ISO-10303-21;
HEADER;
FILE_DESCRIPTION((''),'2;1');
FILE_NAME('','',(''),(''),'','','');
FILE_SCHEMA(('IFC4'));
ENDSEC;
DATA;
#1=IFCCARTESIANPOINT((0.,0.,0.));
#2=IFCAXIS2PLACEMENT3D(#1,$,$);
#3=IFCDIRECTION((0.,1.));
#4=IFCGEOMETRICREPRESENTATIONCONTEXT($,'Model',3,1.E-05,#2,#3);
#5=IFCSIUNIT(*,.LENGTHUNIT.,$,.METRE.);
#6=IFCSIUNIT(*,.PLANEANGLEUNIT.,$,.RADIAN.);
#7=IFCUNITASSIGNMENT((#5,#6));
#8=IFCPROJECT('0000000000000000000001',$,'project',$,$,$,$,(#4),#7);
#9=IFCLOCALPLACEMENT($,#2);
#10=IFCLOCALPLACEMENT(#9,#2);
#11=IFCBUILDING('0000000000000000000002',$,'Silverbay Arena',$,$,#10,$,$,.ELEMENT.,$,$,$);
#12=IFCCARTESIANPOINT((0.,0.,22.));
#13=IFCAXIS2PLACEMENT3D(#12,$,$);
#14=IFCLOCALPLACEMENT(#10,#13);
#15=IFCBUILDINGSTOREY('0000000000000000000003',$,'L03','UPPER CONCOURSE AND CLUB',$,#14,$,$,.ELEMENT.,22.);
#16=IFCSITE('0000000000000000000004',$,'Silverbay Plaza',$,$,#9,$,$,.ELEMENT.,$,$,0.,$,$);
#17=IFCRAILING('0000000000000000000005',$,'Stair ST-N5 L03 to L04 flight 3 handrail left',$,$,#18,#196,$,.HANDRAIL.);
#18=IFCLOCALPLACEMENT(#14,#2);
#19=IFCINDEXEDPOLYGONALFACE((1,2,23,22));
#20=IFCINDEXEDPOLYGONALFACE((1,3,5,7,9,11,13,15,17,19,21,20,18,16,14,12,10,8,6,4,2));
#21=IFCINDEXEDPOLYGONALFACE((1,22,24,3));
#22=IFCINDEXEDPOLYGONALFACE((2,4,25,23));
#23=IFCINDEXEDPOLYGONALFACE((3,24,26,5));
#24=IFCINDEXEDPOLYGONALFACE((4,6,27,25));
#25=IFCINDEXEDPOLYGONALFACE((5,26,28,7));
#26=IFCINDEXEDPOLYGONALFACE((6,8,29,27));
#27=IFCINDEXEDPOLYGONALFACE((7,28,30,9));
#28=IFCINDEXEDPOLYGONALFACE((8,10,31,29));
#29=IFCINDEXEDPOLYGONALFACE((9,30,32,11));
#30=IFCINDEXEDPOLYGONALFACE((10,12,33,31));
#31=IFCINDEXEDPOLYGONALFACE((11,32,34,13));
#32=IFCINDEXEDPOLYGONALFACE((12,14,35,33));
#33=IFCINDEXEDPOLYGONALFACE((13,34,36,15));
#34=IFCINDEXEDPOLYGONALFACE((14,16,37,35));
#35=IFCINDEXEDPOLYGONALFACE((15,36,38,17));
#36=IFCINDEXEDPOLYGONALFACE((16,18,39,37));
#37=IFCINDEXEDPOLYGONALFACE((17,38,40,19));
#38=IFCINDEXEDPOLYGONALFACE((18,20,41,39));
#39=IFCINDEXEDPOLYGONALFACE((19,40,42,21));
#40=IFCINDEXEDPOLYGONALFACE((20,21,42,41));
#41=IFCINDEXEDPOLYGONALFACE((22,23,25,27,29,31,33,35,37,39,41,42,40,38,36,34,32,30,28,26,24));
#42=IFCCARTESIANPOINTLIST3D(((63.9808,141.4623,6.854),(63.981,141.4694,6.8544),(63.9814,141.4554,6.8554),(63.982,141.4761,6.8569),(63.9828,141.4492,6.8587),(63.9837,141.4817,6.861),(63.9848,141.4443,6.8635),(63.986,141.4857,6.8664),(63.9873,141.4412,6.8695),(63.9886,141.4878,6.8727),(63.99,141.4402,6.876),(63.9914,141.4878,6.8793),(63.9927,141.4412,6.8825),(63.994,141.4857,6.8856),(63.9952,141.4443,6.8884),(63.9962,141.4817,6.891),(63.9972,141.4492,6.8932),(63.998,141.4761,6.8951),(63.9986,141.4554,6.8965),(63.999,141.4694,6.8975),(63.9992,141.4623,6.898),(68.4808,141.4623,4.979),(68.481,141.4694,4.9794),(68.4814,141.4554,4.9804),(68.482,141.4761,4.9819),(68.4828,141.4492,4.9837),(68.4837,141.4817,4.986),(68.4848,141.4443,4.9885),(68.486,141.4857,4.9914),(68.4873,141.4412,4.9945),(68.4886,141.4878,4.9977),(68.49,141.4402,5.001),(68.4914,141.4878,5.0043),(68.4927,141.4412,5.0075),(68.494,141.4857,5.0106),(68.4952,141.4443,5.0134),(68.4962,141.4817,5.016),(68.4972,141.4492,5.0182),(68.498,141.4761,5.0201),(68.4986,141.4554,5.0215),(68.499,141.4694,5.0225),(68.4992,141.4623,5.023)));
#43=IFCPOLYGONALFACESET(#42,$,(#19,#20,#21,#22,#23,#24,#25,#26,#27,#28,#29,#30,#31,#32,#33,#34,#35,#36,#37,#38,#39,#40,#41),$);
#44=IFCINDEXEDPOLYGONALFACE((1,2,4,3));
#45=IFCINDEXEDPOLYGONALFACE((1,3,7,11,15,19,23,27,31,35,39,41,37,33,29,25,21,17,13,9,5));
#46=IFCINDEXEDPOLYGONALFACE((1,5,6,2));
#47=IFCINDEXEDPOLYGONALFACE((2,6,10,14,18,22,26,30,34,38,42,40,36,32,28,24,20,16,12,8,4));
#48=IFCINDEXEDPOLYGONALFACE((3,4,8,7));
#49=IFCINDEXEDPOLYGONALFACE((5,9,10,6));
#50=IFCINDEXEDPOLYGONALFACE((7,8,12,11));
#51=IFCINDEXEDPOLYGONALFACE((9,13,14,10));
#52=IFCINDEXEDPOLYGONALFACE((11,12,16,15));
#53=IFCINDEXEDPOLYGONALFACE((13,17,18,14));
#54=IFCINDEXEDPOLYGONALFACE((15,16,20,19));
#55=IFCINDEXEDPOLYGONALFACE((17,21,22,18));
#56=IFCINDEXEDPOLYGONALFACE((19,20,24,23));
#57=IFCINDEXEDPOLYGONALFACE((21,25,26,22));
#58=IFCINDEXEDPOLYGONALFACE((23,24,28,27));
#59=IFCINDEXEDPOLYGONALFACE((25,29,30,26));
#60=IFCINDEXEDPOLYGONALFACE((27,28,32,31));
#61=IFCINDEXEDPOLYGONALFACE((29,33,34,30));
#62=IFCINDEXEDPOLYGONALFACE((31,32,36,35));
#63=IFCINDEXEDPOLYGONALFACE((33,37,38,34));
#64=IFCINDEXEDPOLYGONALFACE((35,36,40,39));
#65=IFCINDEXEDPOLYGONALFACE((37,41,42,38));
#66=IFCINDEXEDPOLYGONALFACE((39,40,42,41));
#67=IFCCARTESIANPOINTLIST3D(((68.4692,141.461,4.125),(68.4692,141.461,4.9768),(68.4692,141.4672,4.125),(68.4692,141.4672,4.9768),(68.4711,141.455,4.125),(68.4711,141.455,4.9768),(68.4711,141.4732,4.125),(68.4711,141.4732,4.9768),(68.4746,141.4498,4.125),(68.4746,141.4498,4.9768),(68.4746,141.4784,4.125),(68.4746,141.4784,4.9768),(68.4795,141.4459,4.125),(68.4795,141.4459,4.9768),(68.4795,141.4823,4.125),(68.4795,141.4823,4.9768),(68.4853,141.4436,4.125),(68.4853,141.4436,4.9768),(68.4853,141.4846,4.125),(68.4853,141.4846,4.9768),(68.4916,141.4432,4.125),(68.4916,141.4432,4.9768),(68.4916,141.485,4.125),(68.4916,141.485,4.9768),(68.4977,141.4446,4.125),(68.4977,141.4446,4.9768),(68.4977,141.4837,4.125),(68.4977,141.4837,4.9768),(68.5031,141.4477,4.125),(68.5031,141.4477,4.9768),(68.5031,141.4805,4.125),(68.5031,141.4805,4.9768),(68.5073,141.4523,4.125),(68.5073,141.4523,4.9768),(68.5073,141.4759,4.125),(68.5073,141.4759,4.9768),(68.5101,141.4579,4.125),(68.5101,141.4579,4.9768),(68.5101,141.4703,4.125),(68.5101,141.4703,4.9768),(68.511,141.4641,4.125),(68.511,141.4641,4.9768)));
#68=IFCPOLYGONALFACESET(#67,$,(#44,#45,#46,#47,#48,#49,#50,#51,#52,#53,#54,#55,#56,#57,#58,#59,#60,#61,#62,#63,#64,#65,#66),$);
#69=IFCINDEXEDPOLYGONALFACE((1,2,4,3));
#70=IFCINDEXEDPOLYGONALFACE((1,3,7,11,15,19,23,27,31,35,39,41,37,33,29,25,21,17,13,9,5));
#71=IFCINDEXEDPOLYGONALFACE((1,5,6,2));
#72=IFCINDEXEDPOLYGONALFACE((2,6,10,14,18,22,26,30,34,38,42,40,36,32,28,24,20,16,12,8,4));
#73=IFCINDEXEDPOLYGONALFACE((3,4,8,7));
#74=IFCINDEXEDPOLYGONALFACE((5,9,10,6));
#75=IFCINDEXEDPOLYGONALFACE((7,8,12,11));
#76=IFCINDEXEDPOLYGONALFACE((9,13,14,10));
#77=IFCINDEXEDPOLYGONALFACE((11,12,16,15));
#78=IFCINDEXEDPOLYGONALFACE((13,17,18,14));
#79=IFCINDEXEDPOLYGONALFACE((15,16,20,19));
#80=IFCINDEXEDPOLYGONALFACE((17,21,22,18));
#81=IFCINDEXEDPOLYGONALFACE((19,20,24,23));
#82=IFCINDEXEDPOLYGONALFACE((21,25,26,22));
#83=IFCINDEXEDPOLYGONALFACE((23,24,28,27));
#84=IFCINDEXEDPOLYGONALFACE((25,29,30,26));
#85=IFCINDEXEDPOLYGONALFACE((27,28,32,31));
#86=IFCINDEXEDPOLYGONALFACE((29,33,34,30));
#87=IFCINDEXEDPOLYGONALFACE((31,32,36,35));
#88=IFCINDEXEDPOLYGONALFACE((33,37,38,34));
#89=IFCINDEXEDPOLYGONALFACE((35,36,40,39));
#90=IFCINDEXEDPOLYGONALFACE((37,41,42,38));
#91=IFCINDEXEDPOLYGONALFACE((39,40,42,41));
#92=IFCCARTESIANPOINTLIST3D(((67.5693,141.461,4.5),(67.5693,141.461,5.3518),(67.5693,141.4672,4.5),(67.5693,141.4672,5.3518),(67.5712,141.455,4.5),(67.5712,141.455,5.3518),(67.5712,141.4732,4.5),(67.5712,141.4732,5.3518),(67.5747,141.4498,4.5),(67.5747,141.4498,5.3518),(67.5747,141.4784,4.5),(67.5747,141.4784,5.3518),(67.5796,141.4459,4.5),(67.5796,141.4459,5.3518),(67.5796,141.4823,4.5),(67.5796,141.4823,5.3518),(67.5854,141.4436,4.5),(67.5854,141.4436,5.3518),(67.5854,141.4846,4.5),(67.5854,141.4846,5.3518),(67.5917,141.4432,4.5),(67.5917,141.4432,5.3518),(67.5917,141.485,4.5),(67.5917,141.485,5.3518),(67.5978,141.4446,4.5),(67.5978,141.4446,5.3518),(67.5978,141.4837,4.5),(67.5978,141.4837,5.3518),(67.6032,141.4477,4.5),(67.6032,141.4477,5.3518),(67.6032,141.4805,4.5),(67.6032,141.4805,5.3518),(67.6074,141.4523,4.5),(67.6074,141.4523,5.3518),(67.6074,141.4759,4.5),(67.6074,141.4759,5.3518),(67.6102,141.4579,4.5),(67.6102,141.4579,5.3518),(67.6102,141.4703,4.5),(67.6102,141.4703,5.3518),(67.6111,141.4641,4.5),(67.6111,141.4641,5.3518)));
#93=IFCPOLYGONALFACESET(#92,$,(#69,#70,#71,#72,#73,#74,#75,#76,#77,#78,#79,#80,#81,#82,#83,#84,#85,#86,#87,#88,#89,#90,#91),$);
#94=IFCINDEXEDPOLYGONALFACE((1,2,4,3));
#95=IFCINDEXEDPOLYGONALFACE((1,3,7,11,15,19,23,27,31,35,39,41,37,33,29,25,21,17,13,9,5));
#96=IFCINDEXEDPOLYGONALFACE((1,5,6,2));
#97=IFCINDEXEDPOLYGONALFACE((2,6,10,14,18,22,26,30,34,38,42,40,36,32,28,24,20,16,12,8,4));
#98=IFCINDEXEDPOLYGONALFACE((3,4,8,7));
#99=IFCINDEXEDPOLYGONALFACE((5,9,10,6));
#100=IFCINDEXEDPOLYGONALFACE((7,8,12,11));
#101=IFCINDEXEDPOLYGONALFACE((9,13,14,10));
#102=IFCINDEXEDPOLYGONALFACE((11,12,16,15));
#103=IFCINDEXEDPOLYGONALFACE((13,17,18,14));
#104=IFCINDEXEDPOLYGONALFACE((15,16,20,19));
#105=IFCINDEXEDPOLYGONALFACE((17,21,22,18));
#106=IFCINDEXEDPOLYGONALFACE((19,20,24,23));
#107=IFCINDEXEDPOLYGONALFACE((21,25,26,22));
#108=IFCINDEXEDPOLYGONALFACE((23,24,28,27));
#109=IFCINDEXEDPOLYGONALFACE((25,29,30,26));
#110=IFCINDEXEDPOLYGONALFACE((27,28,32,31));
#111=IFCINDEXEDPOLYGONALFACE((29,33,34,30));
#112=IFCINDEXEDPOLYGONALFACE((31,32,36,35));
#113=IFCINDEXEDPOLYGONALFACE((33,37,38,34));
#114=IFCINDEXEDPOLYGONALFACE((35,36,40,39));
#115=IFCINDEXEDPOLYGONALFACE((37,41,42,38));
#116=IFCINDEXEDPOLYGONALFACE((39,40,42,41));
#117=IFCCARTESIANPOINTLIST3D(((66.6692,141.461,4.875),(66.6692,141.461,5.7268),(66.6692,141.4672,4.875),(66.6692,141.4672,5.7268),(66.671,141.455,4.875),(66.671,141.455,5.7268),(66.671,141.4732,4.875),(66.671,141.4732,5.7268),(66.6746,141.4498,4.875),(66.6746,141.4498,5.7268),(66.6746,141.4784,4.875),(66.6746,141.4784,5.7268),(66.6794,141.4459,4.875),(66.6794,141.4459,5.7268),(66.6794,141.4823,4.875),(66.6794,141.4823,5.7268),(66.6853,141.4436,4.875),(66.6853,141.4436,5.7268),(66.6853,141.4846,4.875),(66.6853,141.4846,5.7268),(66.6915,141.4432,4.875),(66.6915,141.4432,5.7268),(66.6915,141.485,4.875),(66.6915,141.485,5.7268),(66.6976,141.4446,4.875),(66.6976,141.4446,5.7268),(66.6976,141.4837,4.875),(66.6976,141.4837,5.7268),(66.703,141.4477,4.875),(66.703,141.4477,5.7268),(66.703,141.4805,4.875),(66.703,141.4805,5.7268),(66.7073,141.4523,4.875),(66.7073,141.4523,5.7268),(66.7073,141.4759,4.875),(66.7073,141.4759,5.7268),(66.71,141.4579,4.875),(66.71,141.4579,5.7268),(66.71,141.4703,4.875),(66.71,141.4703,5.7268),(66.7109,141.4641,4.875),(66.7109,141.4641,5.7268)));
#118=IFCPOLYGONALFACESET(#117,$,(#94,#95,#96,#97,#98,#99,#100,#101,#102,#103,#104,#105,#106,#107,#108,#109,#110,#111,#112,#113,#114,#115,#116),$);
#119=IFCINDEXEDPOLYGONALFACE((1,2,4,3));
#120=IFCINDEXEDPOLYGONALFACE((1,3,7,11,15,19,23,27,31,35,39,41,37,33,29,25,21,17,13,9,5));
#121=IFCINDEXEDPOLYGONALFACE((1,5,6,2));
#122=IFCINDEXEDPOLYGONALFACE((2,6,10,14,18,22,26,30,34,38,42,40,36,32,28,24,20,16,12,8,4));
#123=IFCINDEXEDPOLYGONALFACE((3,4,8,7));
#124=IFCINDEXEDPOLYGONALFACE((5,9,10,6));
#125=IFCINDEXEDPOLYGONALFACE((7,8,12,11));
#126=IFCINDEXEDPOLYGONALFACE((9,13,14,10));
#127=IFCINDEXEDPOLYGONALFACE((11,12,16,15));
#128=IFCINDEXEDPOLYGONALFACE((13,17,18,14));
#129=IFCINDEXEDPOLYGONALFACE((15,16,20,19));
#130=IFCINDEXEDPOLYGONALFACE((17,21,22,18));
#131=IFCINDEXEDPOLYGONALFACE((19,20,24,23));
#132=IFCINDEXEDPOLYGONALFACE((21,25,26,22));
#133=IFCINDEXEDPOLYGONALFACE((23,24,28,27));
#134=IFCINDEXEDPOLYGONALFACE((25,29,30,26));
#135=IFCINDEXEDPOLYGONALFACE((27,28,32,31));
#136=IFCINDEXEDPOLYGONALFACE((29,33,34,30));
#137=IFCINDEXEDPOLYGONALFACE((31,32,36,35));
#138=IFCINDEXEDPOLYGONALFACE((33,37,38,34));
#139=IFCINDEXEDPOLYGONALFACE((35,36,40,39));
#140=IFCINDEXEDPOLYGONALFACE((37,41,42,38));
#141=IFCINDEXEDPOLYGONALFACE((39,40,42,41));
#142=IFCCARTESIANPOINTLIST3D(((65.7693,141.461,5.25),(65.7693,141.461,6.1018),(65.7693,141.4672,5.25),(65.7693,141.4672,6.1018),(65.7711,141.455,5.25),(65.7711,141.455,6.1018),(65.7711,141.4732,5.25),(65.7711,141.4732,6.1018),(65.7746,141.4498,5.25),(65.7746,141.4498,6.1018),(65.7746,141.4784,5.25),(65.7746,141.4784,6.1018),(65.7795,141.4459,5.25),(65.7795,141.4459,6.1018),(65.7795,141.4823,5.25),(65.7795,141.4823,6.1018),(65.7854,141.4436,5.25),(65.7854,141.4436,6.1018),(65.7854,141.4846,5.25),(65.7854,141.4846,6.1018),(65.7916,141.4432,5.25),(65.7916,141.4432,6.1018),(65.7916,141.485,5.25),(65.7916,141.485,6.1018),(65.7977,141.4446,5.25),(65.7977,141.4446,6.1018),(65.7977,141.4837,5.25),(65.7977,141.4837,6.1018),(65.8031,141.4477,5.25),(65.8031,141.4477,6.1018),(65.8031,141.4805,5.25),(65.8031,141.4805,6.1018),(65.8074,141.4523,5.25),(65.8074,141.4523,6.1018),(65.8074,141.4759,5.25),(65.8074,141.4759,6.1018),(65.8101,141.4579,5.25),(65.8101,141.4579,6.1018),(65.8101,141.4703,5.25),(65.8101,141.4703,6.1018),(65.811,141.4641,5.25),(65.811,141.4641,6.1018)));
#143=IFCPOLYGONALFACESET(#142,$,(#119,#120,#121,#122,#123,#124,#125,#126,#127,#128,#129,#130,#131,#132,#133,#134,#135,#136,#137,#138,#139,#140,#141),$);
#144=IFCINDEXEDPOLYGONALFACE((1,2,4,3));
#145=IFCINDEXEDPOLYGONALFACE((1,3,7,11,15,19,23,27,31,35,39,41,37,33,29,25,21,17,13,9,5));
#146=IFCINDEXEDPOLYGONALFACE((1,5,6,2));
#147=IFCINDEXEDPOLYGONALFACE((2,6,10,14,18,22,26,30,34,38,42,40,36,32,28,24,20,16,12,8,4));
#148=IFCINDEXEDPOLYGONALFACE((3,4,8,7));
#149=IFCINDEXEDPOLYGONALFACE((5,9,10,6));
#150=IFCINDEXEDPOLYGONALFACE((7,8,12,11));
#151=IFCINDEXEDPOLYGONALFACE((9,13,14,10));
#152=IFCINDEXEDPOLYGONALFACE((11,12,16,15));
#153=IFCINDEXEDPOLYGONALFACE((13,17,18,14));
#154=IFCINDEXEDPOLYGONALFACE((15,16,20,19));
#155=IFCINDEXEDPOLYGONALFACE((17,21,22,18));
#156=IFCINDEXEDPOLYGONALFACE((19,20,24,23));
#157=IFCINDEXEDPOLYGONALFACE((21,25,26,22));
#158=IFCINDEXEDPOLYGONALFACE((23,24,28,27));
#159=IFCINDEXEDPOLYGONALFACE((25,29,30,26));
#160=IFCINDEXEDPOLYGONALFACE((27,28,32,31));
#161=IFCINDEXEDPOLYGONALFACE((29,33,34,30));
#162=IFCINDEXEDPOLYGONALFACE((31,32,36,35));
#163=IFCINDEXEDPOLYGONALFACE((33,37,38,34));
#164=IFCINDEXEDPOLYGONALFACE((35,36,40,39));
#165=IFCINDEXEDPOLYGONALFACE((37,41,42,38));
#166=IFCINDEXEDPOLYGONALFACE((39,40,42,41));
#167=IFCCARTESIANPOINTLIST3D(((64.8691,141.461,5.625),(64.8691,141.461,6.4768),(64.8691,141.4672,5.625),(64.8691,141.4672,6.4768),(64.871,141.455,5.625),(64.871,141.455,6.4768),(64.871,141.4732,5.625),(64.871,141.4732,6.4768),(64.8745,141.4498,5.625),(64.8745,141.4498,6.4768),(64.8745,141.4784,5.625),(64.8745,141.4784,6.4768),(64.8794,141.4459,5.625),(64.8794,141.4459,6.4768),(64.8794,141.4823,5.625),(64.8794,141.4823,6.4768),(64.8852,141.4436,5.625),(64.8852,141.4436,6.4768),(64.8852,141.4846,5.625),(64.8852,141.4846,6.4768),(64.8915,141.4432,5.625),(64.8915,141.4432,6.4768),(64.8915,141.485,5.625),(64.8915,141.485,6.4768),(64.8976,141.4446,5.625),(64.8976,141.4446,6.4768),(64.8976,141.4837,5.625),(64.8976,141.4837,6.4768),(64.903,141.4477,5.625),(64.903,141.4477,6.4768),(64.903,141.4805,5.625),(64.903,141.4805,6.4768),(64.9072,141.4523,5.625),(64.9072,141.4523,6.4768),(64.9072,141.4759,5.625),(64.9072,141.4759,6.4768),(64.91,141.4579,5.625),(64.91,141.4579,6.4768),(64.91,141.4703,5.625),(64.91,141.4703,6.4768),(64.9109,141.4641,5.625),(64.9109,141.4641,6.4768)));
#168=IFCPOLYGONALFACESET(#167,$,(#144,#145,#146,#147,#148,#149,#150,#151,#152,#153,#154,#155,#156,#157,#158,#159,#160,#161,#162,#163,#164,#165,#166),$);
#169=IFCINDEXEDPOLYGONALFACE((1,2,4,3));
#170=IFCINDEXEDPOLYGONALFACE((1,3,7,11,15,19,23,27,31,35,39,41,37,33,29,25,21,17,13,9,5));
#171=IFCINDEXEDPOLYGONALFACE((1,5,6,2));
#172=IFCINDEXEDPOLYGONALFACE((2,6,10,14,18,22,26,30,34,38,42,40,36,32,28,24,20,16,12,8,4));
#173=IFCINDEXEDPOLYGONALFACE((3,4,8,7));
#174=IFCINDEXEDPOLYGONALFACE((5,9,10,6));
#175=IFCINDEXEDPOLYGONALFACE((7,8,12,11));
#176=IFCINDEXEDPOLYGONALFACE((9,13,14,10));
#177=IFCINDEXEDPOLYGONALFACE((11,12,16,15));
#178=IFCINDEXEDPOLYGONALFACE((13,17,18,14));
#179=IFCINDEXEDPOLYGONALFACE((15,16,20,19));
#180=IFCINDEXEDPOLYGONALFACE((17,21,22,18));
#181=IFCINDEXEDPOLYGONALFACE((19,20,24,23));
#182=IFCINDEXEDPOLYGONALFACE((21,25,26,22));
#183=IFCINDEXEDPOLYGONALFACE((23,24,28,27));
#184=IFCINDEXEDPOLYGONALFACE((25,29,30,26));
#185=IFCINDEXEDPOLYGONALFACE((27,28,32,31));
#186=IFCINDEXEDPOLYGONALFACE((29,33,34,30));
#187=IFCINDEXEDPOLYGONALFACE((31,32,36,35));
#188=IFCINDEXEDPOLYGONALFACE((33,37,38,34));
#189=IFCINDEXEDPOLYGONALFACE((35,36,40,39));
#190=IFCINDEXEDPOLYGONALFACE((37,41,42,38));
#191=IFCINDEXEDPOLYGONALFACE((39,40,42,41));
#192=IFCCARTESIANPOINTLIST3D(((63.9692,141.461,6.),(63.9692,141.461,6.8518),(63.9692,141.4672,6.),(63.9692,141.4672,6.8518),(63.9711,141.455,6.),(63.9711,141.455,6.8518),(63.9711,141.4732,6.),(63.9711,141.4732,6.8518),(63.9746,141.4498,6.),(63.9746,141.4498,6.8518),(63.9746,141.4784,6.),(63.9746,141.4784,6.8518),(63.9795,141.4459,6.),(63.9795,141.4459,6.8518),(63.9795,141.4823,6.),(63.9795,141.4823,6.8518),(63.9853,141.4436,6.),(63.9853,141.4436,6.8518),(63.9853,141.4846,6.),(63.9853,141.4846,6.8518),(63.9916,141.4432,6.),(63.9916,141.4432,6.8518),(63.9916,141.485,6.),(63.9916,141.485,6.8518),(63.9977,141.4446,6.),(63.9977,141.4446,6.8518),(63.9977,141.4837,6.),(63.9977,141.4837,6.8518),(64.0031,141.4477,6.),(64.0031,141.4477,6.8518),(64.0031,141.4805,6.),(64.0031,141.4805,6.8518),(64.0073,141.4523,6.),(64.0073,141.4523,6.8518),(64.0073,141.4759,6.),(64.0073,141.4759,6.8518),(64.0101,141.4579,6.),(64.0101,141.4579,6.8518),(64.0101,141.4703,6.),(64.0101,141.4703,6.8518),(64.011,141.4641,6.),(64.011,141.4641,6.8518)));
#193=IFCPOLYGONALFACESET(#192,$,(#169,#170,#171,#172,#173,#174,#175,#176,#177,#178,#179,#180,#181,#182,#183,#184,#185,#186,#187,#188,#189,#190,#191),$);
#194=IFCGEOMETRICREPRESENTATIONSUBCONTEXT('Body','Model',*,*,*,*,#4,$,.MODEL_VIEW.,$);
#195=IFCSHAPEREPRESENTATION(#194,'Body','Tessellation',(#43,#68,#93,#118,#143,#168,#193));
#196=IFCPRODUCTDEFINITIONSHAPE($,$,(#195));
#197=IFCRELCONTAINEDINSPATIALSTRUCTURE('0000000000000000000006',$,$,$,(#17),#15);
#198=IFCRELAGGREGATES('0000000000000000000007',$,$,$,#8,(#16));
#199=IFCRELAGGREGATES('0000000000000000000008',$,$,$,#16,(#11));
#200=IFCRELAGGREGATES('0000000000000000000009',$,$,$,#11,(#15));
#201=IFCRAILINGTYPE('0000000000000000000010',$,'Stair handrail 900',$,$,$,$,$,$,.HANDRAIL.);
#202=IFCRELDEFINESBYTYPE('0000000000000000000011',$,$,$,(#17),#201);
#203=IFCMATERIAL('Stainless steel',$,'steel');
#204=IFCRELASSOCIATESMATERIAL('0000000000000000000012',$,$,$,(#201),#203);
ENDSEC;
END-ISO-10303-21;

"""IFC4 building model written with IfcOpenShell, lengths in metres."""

from ifc_helpers import new_model, si_unit, direction, frame, origin, origin_2d, place, context, subcontext, project, spatial, circle, extrude, material, type_object, element, save


model = new_model("IFC4")

# Units and contexts
model_context = context("Model", 3, precision=1e-05, world=origin(), true_north=direction((0.0, 1.0)))
body_context = subcontext(model_context, "Body", "Model", "MODEL_VIEW")
ifc_project = project(units=[si_unit("LENGTHUNIT", "METRE"), si_unit("PLANEANGLEUNIT", "RADIAN")], contexts=[model_context])

# Site, building, storey
site_placement = place(None, origin())
site = spatial("IfcSite", under=ifc_project, at=site_placement, Name="Silverbay Plaza", CompositionType="ELEMENT", RefElevation=0.0)
building_placement = place(site_placement, origin())
building = spatial("IfcBuilding", under=site, at=building_placement, Name="Silverbay Arena", CompositionType="ELEMENT")
storey_placement = place(building_placement, frame((0.0, 0.0, 22.0)))
storey = spatial("IfcBuildingStorey", under=building, at=storey_placement, Name="L03", Description="UPPER CONCOURSE AND CLUB", CompositionType="ELEMENT", Elevation=22.0)

# Railing
ifc_material_1 = material(Name="Stainless steel", Category="steel")
railing_type_1 = type_object("IfcRailingType", Name="Stair handrail 900", PredefinedType="HANDRAIL", material=ifc_material_1)
for number, where, name in (
    (1, (68.49, 141.4641, 4.125), "Stair ST-N5 L03 to L04 flight 3 handrail left"),
):
    element("IfcRailing", number, at=place(storey_placement, frame(where)), inside=storey, type_object=railing_type_1, Name=name, PredefinedType="HANDRAIL", context=body_context, shape_type="SweptSolid", body=[
        extrude(circle(Radius=0.0239, at=origin_2d()), frame((0.0, 0.0, 0.876), z_axis=(-0.923077, 0.0, 0.384615), x_axis=(0.0, -1.0, 0.0)), (0.0, 0.0, 1.0), 4.875),
        extrude(circle(Radius=0.021, at=origin_2d()), origin(), (0.0, 0.0, 1.0), 0.8518),
        extrude(circle(Radius=0.021, at=origin_2d()), frame((-0.8999, 0.0, 0.375)), (0.0, 0.0, 1.0), 0.8518),
        extrude(circle(Radius=0.021, at=origin_2d()), frame((-1.8, 0.0, 0.75)), (0.0, 0.0, 1.0), 0.8518),
        extrude(circle(Radius=0.021, at=origin_2d()), frame((-2.7, 0.0, 1.125)), (0.0, 0.0, 1.0), 0.8518),
        extrude(circle(Radius=0.021, at=origin_2d()), frame((-3.6001, 0.0, 1.5)), (0.0, 0.0, 1.0), 0.8518),
        extrude(circle(Radius=0.021, at=origin_2d()), frame((-4.5, 0.0, 1.875)), (0.0, 0.0, 1.0), 0.8518),
    ])

save(model, "model.ifc")
